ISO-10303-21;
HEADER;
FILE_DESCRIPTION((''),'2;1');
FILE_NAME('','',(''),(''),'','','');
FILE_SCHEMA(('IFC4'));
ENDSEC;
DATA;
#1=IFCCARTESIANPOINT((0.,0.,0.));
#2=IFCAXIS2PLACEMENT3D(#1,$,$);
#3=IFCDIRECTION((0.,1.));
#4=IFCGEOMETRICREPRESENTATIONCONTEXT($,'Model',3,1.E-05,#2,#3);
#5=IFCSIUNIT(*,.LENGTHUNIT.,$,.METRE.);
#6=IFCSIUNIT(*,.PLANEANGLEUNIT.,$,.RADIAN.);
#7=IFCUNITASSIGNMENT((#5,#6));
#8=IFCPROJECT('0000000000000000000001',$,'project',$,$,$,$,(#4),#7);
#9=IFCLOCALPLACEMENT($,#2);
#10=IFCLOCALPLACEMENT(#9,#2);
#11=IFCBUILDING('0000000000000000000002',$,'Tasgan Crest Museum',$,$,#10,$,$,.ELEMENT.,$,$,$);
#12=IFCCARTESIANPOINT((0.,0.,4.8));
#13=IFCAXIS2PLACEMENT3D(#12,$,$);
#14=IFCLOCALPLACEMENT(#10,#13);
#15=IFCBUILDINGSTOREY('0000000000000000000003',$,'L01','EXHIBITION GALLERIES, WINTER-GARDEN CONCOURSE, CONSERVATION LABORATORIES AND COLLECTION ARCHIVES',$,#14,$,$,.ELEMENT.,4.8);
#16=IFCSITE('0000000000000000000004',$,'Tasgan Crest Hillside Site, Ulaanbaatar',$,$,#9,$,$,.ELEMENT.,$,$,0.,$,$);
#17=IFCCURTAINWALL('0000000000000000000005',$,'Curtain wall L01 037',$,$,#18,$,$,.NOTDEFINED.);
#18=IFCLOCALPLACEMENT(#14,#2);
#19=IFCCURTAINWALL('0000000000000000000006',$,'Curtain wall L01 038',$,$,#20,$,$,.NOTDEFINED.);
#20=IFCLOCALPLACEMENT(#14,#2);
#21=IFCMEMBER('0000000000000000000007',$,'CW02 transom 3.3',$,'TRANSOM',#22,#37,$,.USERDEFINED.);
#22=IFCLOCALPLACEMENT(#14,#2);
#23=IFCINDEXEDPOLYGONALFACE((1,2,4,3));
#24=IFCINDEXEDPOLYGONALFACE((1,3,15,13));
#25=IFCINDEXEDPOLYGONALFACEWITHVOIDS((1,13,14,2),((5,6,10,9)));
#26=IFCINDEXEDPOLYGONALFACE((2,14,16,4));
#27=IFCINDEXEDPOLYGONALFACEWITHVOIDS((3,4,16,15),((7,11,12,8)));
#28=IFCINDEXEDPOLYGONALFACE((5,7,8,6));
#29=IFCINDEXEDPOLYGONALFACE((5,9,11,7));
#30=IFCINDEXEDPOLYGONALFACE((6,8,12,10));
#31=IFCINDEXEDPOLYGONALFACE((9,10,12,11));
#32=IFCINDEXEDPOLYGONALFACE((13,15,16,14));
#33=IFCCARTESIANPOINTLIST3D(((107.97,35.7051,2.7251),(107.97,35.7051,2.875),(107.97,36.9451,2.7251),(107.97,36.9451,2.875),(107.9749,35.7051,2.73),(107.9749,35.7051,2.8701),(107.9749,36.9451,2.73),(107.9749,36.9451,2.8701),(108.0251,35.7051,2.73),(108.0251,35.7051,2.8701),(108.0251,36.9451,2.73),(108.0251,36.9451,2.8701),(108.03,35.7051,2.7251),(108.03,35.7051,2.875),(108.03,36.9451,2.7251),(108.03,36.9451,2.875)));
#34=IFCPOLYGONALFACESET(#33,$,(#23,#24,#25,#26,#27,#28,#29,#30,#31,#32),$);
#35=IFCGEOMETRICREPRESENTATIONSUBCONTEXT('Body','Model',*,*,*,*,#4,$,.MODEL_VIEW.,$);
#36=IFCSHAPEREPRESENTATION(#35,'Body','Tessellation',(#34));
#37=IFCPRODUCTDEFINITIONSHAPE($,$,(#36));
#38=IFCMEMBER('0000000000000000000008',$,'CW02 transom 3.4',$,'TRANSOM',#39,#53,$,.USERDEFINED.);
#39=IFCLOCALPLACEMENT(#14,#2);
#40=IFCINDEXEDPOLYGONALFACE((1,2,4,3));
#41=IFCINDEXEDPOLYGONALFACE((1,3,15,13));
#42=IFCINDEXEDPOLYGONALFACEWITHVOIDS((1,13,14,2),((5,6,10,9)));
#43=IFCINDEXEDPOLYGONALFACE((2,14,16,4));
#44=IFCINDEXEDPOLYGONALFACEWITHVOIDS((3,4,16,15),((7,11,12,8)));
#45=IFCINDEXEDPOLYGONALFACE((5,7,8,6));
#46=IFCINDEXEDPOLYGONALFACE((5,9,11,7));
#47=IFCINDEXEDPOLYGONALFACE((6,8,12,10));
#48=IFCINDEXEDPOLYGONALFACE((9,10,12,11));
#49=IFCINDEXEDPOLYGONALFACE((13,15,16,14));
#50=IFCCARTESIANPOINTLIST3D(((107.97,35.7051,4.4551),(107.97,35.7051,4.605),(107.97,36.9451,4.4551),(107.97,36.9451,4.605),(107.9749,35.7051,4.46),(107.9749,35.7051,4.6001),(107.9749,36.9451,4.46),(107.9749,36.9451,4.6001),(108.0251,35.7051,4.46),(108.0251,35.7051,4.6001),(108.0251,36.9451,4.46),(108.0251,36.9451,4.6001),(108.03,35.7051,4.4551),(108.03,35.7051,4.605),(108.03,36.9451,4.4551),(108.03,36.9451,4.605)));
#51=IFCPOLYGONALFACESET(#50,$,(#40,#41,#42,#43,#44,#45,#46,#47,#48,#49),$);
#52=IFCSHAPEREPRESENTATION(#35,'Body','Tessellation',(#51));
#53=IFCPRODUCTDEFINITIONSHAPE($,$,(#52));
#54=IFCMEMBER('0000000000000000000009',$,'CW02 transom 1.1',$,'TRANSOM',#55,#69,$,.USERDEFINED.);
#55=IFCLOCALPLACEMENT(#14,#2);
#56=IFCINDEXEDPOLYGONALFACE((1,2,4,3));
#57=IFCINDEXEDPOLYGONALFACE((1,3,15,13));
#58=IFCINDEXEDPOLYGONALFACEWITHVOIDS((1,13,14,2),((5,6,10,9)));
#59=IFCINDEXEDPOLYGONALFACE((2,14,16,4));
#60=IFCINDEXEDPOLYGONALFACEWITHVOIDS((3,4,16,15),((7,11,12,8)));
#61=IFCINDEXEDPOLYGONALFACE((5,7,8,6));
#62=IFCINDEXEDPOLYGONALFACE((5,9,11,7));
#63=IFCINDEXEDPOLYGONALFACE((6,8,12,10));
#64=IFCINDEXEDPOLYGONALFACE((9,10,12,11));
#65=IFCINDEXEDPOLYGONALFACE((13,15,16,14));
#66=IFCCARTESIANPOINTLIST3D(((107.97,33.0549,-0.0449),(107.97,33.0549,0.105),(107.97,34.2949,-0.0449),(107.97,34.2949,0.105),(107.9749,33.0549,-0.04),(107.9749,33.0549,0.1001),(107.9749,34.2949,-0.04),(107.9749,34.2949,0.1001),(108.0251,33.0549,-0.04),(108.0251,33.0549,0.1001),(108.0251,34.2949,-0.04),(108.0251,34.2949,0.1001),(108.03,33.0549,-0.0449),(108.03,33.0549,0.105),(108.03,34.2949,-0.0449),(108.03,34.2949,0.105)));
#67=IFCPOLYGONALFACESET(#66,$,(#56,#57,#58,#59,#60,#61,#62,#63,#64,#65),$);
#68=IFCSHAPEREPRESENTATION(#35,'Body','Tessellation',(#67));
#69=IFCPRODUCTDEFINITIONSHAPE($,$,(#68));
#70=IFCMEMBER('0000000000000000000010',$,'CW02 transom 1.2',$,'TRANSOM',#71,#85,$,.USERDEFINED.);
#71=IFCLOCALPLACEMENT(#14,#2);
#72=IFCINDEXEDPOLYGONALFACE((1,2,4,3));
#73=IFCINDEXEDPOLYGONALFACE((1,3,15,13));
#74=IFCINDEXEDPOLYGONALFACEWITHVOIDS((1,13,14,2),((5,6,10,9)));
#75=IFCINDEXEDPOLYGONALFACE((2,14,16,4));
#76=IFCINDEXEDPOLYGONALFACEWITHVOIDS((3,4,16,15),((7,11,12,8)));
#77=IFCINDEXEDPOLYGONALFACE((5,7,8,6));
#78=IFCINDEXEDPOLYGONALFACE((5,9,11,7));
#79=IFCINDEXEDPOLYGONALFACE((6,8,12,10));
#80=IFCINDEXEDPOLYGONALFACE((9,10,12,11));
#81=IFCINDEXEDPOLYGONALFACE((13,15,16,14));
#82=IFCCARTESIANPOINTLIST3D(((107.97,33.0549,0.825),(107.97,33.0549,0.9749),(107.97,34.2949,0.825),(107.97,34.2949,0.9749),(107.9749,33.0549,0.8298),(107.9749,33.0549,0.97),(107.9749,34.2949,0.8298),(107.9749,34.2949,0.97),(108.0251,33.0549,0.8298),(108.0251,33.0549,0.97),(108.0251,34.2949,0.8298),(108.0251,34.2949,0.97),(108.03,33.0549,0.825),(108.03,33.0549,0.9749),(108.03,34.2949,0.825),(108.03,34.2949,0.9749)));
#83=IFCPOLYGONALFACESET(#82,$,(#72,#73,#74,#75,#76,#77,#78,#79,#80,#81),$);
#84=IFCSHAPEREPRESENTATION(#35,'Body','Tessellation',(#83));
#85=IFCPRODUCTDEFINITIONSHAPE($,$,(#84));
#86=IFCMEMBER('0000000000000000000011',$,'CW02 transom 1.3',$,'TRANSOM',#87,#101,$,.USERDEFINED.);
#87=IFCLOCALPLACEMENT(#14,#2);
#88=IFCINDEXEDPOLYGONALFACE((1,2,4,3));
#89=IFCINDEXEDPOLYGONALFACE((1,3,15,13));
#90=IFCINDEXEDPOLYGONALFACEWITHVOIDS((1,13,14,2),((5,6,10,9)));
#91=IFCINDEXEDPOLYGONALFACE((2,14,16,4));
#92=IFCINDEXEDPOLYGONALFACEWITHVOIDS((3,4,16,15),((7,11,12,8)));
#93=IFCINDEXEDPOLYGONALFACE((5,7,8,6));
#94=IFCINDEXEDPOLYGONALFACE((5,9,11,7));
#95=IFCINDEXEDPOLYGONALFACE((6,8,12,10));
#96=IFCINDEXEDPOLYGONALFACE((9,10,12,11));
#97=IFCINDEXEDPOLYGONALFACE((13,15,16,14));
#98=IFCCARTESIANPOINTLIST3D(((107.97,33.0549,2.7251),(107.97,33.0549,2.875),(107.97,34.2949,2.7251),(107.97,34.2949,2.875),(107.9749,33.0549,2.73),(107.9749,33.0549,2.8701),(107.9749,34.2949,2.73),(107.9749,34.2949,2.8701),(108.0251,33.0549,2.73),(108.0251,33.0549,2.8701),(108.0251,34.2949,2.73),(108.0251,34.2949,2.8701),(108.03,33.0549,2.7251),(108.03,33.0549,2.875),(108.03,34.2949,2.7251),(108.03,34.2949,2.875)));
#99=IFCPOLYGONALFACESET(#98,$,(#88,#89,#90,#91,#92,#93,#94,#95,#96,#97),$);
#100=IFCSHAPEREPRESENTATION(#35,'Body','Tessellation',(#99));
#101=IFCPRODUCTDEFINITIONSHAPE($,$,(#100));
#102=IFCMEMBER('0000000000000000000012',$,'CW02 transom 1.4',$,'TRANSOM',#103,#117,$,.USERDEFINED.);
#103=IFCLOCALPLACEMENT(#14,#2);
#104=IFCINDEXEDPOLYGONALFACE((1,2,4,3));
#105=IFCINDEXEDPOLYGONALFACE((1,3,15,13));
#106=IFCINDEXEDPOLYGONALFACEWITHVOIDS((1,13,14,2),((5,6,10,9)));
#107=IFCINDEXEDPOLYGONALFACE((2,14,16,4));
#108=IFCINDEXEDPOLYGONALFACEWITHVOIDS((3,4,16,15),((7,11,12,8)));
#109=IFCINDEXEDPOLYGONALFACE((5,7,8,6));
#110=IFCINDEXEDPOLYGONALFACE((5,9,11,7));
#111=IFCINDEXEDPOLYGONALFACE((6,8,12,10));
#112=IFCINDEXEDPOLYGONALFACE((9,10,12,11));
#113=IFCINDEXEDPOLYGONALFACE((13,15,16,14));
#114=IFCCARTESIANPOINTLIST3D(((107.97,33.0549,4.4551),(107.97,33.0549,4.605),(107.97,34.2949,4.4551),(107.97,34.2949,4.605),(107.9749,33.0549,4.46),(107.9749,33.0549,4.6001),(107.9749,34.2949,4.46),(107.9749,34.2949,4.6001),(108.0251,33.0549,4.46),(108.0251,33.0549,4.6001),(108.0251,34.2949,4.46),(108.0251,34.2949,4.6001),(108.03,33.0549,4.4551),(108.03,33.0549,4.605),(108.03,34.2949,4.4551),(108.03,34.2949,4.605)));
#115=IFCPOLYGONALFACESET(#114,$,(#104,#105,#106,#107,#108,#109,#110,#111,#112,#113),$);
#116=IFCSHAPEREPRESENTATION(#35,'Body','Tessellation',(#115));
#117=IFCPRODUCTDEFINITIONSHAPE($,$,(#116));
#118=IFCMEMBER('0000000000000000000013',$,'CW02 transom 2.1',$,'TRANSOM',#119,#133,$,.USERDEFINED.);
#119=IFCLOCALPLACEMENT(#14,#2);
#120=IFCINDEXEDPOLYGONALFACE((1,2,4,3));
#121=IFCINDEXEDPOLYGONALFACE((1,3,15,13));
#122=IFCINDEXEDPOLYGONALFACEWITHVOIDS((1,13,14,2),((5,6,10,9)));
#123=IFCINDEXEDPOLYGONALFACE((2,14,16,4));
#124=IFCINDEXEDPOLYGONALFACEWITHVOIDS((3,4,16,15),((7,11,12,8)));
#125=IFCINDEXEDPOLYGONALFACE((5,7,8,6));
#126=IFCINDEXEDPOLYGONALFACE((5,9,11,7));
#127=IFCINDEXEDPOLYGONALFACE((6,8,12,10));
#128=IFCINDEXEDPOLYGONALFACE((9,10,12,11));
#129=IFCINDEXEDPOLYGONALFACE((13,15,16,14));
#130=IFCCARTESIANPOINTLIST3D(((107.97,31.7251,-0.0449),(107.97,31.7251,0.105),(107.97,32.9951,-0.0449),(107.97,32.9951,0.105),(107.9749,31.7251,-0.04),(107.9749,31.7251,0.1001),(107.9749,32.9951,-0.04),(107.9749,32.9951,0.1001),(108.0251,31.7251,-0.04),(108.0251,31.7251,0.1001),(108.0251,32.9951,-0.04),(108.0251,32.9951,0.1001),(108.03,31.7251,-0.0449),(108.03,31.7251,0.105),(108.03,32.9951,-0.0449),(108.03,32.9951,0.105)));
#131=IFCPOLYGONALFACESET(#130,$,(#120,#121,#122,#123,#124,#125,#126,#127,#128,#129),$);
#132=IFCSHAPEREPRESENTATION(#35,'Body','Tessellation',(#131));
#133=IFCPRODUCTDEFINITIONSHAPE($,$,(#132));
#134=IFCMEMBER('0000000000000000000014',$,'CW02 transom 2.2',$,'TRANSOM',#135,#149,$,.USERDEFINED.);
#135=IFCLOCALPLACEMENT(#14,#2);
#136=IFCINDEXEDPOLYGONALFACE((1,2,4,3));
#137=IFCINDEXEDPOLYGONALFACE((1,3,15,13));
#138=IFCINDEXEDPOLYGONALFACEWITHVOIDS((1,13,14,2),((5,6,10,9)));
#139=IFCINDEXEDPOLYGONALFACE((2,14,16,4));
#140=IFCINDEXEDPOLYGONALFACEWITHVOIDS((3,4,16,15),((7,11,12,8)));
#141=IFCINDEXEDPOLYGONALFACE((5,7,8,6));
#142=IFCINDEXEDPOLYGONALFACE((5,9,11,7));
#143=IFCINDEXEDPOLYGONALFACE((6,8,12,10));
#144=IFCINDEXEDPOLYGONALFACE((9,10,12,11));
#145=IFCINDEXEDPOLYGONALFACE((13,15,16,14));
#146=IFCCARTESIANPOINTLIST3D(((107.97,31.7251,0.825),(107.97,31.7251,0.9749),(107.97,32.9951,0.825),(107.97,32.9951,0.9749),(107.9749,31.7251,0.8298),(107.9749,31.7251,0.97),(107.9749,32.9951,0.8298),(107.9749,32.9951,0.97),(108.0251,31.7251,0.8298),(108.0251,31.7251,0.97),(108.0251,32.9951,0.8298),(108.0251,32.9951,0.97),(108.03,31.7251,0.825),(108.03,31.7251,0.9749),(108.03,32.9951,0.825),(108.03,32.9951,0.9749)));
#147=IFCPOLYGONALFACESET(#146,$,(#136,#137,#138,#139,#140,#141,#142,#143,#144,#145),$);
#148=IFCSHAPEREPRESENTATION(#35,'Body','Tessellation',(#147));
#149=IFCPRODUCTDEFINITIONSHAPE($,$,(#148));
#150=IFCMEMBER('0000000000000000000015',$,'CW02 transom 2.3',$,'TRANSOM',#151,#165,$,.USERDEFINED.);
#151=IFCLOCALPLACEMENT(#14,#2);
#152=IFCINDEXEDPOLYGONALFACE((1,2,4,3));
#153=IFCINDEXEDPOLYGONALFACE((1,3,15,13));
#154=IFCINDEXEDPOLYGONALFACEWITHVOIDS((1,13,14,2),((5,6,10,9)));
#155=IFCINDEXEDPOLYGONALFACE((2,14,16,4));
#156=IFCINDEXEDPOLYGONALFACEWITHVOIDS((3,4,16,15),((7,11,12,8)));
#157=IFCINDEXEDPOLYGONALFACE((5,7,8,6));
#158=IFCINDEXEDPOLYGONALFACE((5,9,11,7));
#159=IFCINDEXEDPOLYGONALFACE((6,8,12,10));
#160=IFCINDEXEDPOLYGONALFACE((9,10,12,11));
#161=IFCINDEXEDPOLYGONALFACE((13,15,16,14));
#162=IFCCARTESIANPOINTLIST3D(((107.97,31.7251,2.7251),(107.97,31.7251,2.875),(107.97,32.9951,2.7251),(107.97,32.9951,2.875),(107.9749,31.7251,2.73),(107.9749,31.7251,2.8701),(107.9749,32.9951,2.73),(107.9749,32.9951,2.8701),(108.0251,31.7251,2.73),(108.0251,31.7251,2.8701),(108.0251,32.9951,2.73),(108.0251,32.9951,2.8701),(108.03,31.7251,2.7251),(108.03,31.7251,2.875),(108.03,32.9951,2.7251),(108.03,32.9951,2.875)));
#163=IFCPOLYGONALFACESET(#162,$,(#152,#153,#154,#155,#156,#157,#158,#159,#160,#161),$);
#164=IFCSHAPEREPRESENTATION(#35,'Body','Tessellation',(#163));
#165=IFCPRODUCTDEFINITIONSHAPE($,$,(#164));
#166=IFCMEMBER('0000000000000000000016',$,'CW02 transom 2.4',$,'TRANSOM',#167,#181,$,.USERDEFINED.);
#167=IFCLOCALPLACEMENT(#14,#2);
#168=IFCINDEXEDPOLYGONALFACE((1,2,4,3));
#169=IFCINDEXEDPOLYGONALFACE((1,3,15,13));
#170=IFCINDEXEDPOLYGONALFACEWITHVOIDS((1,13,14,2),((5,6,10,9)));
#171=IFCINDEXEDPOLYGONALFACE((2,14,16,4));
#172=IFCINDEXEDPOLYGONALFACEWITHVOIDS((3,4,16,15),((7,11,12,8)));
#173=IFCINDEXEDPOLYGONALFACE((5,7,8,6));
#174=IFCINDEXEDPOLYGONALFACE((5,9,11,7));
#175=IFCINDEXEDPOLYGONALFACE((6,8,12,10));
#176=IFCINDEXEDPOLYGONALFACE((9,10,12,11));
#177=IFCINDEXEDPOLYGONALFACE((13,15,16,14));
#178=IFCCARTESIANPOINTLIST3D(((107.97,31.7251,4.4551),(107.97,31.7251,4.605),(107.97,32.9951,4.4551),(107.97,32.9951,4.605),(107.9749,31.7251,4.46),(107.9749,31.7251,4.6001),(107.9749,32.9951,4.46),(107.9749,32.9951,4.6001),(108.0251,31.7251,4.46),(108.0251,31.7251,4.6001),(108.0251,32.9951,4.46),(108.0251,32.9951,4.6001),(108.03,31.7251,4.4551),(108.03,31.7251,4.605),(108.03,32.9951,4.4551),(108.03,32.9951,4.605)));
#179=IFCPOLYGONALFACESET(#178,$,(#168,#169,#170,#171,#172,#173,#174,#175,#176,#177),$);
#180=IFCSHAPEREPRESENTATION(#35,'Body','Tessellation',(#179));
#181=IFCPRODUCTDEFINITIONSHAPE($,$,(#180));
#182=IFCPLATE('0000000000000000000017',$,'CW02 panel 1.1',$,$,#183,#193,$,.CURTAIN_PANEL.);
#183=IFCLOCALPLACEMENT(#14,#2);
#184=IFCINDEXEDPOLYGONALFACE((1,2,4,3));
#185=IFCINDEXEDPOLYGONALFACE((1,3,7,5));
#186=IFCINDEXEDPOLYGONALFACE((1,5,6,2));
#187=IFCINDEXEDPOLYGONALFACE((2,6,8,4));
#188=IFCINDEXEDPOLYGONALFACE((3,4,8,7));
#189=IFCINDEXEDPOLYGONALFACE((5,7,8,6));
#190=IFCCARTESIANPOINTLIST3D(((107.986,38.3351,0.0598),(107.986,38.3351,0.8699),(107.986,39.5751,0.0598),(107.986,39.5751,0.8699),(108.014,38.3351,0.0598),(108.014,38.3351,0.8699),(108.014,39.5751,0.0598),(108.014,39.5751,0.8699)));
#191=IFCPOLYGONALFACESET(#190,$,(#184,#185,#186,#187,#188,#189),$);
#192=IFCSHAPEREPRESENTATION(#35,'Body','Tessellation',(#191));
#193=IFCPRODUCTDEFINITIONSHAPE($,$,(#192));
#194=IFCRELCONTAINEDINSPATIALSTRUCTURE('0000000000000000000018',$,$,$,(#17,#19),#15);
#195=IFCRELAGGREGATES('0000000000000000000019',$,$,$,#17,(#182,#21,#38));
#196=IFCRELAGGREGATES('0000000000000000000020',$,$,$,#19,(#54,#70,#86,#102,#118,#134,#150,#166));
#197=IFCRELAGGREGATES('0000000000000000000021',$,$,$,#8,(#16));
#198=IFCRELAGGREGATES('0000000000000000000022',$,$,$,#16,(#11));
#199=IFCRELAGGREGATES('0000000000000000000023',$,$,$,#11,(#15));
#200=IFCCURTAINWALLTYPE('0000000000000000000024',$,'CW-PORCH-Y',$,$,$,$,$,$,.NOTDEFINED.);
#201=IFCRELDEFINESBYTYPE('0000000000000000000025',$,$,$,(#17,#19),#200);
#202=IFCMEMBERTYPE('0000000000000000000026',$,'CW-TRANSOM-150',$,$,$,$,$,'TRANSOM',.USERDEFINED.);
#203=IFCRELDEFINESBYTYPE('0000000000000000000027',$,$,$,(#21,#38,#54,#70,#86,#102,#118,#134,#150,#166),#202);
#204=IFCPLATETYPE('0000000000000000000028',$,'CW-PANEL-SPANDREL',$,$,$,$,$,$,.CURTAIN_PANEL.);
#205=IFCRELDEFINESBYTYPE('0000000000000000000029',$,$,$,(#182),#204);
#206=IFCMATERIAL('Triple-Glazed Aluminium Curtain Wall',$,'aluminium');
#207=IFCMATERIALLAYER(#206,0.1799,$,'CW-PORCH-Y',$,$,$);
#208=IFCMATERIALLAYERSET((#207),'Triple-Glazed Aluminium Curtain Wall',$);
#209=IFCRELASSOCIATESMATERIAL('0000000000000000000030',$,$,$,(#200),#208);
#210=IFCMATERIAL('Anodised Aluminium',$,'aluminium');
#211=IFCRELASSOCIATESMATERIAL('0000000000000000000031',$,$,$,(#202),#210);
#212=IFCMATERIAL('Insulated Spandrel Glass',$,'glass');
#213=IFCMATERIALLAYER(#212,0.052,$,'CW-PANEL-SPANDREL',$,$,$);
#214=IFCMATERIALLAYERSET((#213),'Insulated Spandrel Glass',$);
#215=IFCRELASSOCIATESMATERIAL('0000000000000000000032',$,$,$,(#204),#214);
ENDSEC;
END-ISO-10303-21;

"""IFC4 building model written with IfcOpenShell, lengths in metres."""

from ifc_helpers import new_model, si_unit, direction, frame, origin, origin_2d, place, context, subcontext, project, spatial, rectangle, hollow_rectangle, extrude, material, layer, layer_set, material_profile, profile_set, type_object, element, aggregate, save


model = new_model("IFC4")

# Units and contexts
model_context = context("Model", 3, precision=1e-05, world=origin(), true_north=direction((0.0, 1.0)))
body_context = subcontext(model_context, "Body", "Model", "MODEL_VIEW")
ifc_project = project(units=[si_unit("LENGTHUNIT", "METRE"), si_unit("PLANEANGLEUNIT", "RADIAN")], contexts=[model_context])

# Site, building, storey
site_placement = place(None, origin())
site = spatial("IfcSite", under=ifc_project, at=site_placement, Name="Tasgan Crest Hillside Site, Ulaanbaatar", CompositionType="ELEMENT", RefElevation=0.0)
building_placement = place(site_placement, origin())
building = spatial("IfcBuilding", under=site, at=building_placement, Name="Tasgan Crest Museum", CompositionType="ELEMENT")
storey_placement = place(building_placement, frame((0.0, 0.0, 4.8)))
storey = spatial("IfcBuildingStorey", under=building, at=storey_placement, Name="L01", Description="EXHIBITION GALLERIES, WINTER-GARDEN CONCOURSE, CONSERVATION LABORATORIES AND COLLECTION ARCHIVES", CompositionType="ELEMENT", Elevation=4.8)

# Curtain walls
ifc_material_1 = material(Name="Triple-Glazed Aluminium Curtain Wall", Category="aluminium")
ifc_layer_1 = layer(ifc_material_1, 0.1799, Name="CW-PORCH-Y")
ifc_layer_set_1 = layer_set([ifc_layer_1], Name="Triple-Glazed Aluminium Curtain Wall")
curtain_wall_type = type_object("IfcCurtainWallType", Name="CW-PORCH-Y", PredefinedType="NOTDEFINED", material=ifc_layer_set_1)
curtain_wall_1_placement = place(storey_placement, origin())
curtain_wall_1 = element("IfcCurtainWall", 1, at=curtain_wall_1_placement, inside=storey, type_object=curtain_wall_type, Name="Curtain wall L01 037", PredefinedType="NOTDEFINED")
curtain_wall_2_placement = place(storey_placement, origin())
curtain_wall_2 = element("IfcCurtainWall", 2, at=curtain_wall_2_placement, inside=storey, type_object=curtain_wall_type, Name="Curtain wall L01 038", PredefinedType="NOTDEFINED")

# Members
ifc_material_2 = material(Name="Anodised Aluminium", Category="aluminium")
ifc_material_profile_1 = material_profile(ifc_material_2, hollow_rectangle(XDim=0.0601, YDim=0.1499, WallThickness=0.0049, at=origin_2d()), Name="ALU TRANSOM 150x60x5")
ifc_profile_set_1 = profile_set([ifc_material_profile_1], Name="Anodised Aluminium")
member_type_1 = type_object("IfcMemberType", Name="CW-TRANSOM-150", ElementType="TRANSOM", PredefinedType="USERDEFINED", material=ifc_profile_set_1)
member_1_placement = place(storey_placement, frame((108.0, 36.9451, 2.8), z_axis=(0.0, -1.0, 0.0), x_axis=(1.0, 0.0, 0.0)))
member_1 = element("IfcMember", 3, at=member_1_placement, type_object=member_type_1, Name="CW02 transom 3.3", ObjectType="TRANSOM", PredefinedType="USERDEFINED", context=body_context, shape_type="SweptSolid", body=[
    extrude(hollow_rectangle(XDim=0.0601, YDim=0.1499, WallThickness=0.0049, at=origin_2d()), origin(), (0.0, 0.0, 1.0), 1.24),
])
member_2_placement = place(storey_placement, frame((108.0, 36.9451, 4.53), z_axis=(0.0, -1.0, 0.0), x_axis=(1.0, 0.0, 0.0)))
member_2 = element("IfcMember", 4, at=member_2_placement, type_object=member_type_1, Name="CW02 transom 3.4", ObjectType="TRANSOM", PredefinedType="USERDEFINED", context=body_context, shape_type="SweptSolid", body=[
    extrude(hollow_rectangle(XDim=0.0601, YDim=0.1499, WallThickness=0.0049, at=origin_2d()), origin(), (0.0, 0.0, 1.0), 1.24),
])
member_3_placement = place(storey_placement, frame((108.0, 34.2949, 0.03), z_axis=(0.0, -1.0, 0.0), x_axis=(1.0, 0.0, 0.0)))
member_3 = element("IfcMember", 5, at=member_3_placement, type_object=member_type_1, Name="CW02 transom 1.1", ObjectType="TRANSOM", PredefinedType="USERDEFINED", context=body_context, shape_type="SweptSolid", body=[
    extrude(hollow_rectangle(XDim=0.0601, YDim=0.1499, WallThickness=0.0049, at=origin_2d()), origin(), (0.0, 0.0, 1.0), 1.24),
])
member_4_placement = place(storey_placement, frame((108.0, 34.2949, 0.8999), z_axis=(0.0, -1.0, 0.0), x_axis=(1.0, 0.0, 0.0)))
member_4 = element("IfcMember", 6, at=member_4_placement, type_object=member_type_1, Name="CW02 transom 1.2", ObjectType="TRANSOM", PredefinedType="USERDEFINED", context=body_context, shape_type="SweptSolid", body=[
    extrude(hollow_rectangle(XDim=0.0601, YDim=0.1499, WallThickness=0.0049, at=origin_2d()), origin(), (0.0, 0.0, 1.0), 1.24),
])
member_5_placement = place(storey_placement, frame((108.0, 34.2949, 2.8), z_axis=(0.0, -1.0, 0.0), x_axis=(1.0, 0.0, 0.0)))
member_5 = element("IfcMember", 7, at=member_5_placement, type_object=member_type_1, Name="CW02 transom 1.3", ObjectType="TRANSOM", PredefinedType="USERDEFINED", context=body_context, shape_type="SweptSolid", body=[
    extrude(hollow_rectangle(XDim=0.0601, YDim=0.1499, WallThickness=0.0049, at=origin_2d()), origin(), (0.0, 0.0, 1.0), 1.24),
])
member_6_placement = place(storey_placement, frame((108.0, 34.2949, 4.53), z_axis=(0.0, -1.0, 0.0), x_axis=(1.0, 0.0, 0.0)))
member_6 = element("IfcMember", 8, at=member_6_placement, type_object=member_type_1, Name="CW02 transom 1.4", ObjectType="TRANSOM", PredefinedType="USERDEFINED", context=body_context, shape_type="SweptSolid", body=[
    extrude(hollow_rectangle(XDim=0.0601, YDim=0.1499, WallThickness=0.0049, at=origin_2d()), origin(), (0.0, 0.0, 1.0), 1.24),
])
member_7_placement = place(storey_placement, frame((108.0, 32.9951, 0.03), z_axis=(0.0, -1.0, 0.0), x_axis=(1.0, 0.0, 0.0)))
member_7 = element("IfcMember", 9, at=member_7_placement, type_object=member_type_1, Name="CW02 transom 2.1", ObjectType="TRANSOM", PredefinedType="USERDEFINED", context=body_context, shape_type="SweptSolid", body=[
    extrude(hollow_rectangle(XDim=0.0601, YDim=0.1499, WallThickness=0.0049, at=origin_2d()), origin(), (0.0, 0.0, 1.0), 1.27),
])
member_8_placement = place(storey_placement, frame((108.0, 32.9951, 0.8999), z_axis=(0.0, -1.0, 0.0), x_axis=(1.0, 0.0, 0.0)))
member_8 = element("IfcMember", 10, at=member_8_placement, type_object=member_type_1, Name="CW02 transom 2.2", ObjectType="TRANSOM", PredefinedType="USERDEFINED", context=body_context, shape_type="SweptSolid", body=[
    extrude(hollow_rectangle(XDim=0.0601, YDim=0.1499, WallThickness=0.0049, at=origin_2d()), origin(), (0.0, 0.0, 1.0), 1.27),
])
member_9_placement = place(storey_placement, frame((108.0, 32.9951, 2.8), z_axis=(0.0, -1.0, 0.0), x_axis=(1.0, 0.0, 0.0)))
member_9 = element("IfcMember", 11, at=member_9_placement, type_object=member_type_1, Name="CW02 transom 2.3", ObjectType="TRANSOM", PredefinedType="USERDEFINED", context=body_context, shape_type="SweptSolid", body=[
    extrude(hollow_rectangle(XDim=0.0601, YDim=0.1499, WallThickness=0.0049, at=origin_2d()), origin(), (0.0, 0.0, 1.0), 1.27),
])
member_10_placement = place(storey_placement, frame((108.0, 32.9951, 4.53), z_axis=(0.0, -1.0, 0.0), x_axis=(1.0, 0.0, 0.0)))
member_10 = element("IfcMember", 12, at=member_10_placement, type_object=member_type_1, Name="CW02 transom 2.4", ObjectType="TRANSOM", PredefinedType="USERDEFINED", context=body_context, shape_type="SweptSolid", body=[
    extrude(hollow_rectangle(XDim=0.0601, YDim=0.1499, WallThickness=0.0049, at=origin_2d()), origin(), (0.0, 0.0, 1.0), 1.27),
])

# Plate
ifc_material_3 = material(Name="Insulated Spandrel Glass", Category="glass")
ifc_layer_2 = layer(ifc_material_3, 0.052, Name="CW-PANEL-SPANDREL")
ifc_layer_set_2 = layer_set([ifc_layer_2], Name="Insulated Spandrel Glass")
plate_type_1 = type_object("IfcPlateType", Name="CW-PANEL-SPANDREL", PredefinedType="CURTAIN_PANEL", material=ifc_layer_set_2)
plate_1_placement = place(storey_placement, frame((108.0, 38.9551, 0.0598), z_axis=(0.0, 0.0, 1.0), x_axis=(0.0, -1.0, 0.0)))
plate_1 = element("IfcPlate", 13, at=plate_1_placement, type_object=plate_type_1, Name="CW02 panel 1.1", PredefinedType="CURTAIN_PANEL", context=body_context, shape_type="SweptSolid", body=[
    extrude(rectangle(XDim=1.24, YDim=0.0281, at=origin_2d()), origin(), (0.0, 0.0, 1.0), 0.8101),
])
aggregate(curtain_wall_1, [plate_1, member_1, member_2])
aggregate(curtain_wall_2, [member_3, member_4, member_5, member_6, member_7, member_8, member_9, member_10])

save(model, "model.ifc")
